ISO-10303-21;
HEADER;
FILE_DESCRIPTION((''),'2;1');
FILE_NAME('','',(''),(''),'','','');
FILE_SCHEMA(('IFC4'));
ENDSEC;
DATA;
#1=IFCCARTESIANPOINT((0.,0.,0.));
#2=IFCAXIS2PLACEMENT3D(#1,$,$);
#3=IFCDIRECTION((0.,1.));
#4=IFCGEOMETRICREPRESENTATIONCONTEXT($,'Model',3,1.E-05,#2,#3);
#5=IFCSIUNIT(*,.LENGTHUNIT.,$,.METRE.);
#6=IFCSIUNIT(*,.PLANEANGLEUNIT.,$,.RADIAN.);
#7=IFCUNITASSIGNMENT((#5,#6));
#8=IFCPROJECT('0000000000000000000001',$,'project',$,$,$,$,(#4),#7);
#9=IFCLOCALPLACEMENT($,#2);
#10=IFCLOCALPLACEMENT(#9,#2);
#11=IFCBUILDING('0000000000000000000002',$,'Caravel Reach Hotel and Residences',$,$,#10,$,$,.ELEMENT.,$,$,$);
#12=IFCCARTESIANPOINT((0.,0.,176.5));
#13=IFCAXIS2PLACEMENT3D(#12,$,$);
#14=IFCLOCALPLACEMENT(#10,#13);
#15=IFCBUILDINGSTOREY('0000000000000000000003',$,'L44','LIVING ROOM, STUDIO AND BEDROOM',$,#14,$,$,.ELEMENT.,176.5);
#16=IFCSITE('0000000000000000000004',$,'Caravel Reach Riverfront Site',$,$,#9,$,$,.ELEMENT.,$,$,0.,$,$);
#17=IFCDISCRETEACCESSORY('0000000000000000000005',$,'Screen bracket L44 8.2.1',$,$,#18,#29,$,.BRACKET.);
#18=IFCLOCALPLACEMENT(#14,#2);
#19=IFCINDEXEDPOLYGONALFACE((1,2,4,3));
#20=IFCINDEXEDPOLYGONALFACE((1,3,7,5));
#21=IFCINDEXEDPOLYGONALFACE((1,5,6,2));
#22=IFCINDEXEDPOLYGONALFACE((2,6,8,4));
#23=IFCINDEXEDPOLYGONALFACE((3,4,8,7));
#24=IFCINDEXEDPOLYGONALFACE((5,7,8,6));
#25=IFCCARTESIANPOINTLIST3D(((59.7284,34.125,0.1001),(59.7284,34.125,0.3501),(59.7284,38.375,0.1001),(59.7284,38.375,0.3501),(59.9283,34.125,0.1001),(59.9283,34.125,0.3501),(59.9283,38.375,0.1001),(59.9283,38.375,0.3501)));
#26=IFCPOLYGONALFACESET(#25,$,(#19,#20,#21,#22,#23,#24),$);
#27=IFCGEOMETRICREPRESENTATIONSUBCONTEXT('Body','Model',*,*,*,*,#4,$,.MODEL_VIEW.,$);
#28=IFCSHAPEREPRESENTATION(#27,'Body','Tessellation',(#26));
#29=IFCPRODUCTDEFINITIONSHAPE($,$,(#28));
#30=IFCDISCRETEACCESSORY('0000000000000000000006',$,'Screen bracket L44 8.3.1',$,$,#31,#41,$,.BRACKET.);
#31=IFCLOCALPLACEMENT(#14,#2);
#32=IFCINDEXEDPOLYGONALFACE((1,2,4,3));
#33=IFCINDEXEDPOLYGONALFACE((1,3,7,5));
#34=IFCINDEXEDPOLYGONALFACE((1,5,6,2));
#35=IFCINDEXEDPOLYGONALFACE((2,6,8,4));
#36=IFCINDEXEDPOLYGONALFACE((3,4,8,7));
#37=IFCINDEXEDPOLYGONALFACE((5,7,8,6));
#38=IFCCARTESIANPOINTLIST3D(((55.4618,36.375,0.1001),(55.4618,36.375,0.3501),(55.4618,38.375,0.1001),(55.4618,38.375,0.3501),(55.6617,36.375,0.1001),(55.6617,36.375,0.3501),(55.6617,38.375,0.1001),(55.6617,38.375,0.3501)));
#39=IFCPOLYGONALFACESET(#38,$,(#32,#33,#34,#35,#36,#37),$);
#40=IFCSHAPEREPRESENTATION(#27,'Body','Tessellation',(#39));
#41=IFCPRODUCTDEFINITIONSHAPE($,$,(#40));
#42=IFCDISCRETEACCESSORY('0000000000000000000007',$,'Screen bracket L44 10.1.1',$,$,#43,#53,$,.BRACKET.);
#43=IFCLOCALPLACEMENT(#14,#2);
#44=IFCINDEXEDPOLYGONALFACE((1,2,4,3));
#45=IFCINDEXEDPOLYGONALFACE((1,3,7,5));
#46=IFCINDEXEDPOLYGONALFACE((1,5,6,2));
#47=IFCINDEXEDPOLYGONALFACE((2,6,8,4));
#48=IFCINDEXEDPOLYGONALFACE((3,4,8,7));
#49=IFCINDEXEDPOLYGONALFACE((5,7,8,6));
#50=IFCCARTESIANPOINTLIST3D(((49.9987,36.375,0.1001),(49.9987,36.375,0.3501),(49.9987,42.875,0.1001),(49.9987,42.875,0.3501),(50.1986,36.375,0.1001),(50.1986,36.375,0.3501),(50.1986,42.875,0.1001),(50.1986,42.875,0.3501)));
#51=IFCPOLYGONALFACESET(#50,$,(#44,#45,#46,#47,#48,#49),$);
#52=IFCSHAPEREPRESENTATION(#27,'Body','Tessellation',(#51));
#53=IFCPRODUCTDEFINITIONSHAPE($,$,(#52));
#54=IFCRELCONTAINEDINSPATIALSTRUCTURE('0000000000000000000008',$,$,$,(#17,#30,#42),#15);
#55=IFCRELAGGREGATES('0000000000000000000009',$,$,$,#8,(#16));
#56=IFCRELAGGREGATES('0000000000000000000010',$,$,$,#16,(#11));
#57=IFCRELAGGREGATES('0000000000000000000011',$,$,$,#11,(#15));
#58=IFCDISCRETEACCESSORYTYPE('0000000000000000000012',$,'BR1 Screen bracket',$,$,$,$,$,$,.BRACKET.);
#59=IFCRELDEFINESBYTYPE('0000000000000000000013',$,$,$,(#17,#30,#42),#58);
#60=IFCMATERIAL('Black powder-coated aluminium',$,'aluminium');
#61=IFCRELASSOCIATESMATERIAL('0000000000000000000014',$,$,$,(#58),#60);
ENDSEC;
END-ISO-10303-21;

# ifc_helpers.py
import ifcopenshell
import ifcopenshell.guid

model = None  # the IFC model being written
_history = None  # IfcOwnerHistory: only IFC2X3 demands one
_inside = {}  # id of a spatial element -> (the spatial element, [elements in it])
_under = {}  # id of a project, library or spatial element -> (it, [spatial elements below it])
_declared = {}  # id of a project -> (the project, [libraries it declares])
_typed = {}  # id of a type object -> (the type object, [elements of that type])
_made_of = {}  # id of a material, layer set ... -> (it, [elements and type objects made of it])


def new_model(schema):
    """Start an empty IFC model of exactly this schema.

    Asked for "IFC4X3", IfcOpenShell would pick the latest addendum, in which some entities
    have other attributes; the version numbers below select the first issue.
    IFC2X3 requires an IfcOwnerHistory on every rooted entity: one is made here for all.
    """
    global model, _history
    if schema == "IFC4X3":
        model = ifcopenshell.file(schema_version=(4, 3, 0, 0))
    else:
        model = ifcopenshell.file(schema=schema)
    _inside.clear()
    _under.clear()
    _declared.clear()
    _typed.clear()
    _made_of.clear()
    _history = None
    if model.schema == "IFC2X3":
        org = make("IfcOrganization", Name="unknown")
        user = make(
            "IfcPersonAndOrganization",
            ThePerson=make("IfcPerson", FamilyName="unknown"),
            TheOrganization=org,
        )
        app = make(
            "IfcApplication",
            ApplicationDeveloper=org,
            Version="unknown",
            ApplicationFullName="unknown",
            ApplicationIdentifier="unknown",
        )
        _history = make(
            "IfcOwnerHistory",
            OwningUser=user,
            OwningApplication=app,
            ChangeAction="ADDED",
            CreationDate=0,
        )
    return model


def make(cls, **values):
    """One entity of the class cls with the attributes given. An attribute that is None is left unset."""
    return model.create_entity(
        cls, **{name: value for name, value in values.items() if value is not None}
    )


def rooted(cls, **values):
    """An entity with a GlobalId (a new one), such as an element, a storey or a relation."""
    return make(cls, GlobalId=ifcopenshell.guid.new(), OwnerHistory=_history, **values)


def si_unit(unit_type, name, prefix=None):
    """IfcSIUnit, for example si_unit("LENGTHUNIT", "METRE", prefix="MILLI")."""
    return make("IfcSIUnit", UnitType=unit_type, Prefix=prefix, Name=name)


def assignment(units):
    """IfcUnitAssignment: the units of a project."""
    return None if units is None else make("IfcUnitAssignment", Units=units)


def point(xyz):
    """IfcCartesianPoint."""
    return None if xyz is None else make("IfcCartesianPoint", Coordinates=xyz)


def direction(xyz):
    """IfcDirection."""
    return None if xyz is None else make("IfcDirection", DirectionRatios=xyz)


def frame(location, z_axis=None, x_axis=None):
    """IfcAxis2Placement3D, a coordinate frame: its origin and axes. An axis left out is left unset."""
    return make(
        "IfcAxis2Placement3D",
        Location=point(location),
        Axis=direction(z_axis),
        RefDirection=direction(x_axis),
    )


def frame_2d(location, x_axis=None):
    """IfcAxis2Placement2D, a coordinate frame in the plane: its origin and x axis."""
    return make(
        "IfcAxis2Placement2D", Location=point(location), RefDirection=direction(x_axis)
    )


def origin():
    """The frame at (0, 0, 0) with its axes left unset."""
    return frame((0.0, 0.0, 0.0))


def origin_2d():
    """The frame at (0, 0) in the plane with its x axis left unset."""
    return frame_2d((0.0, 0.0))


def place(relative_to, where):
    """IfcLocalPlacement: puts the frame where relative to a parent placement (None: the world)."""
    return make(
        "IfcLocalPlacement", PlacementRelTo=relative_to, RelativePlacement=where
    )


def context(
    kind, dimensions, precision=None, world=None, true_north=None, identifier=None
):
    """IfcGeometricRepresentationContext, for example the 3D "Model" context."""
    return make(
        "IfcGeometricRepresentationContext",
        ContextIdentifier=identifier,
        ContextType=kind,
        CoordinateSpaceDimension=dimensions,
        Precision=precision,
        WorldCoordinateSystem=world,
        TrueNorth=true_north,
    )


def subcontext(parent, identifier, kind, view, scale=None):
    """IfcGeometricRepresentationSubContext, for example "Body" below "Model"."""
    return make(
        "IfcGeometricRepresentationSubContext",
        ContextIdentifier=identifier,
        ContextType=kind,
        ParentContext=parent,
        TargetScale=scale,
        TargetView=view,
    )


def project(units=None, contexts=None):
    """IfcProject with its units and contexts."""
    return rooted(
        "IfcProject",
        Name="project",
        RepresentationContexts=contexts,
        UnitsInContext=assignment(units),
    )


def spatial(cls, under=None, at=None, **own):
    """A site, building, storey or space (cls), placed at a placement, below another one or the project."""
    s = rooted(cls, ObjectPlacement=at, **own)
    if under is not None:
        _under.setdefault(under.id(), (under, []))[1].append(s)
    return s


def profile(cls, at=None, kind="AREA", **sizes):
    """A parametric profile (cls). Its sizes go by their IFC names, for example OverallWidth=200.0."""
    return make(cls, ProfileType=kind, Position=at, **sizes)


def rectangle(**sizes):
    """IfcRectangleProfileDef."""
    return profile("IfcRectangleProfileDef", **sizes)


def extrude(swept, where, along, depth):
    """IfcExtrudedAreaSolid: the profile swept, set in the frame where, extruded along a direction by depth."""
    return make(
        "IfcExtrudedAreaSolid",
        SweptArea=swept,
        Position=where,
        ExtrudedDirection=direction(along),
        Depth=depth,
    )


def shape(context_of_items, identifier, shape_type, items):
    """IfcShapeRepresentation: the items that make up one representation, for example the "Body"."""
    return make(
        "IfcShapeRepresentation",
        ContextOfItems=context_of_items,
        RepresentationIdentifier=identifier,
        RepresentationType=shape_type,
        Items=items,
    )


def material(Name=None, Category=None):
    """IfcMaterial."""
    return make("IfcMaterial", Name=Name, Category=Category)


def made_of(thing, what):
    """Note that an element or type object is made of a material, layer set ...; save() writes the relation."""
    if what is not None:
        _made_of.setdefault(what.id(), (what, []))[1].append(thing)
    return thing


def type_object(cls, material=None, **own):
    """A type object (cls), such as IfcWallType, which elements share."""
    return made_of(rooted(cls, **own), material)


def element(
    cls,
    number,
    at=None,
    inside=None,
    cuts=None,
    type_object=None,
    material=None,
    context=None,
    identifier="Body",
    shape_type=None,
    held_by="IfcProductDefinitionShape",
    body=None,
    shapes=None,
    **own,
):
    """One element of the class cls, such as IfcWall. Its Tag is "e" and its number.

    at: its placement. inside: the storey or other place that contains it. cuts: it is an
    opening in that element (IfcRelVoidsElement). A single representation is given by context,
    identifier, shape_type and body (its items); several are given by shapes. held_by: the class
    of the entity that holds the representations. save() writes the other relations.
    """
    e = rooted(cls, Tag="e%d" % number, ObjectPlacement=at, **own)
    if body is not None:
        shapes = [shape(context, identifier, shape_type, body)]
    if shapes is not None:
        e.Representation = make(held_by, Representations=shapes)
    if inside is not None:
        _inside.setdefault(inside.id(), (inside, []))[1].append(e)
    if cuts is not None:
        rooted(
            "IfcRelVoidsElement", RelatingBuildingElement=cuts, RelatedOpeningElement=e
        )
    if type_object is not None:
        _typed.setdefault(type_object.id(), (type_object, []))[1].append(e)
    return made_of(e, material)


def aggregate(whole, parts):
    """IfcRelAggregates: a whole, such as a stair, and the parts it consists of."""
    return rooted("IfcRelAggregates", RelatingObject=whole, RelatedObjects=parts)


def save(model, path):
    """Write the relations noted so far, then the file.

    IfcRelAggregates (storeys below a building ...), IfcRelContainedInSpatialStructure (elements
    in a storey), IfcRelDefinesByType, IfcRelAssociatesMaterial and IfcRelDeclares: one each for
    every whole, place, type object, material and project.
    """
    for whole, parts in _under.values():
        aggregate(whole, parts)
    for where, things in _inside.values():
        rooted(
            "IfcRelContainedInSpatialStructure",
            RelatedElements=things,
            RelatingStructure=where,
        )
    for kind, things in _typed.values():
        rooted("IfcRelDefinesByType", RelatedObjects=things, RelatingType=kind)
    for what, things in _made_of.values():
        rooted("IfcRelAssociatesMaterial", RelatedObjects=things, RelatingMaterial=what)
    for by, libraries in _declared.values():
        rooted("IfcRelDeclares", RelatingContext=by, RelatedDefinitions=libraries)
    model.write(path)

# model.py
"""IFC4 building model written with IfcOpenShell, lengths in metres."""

from ifc_helpers import new_model, si_unit, direction, frame, origin, origin_2d, place, context, subcontext, project, spatial, rectangle, extrude, material, type_object, element, save


model = new_model("IFC4")

# Units and contexts
model_context = context("Model", 3, precision=1e-05, world=origin(), true_north=direction((0.0, 1.0)))
body_context = subcontext(model_context, "Body", "Model", "MODEL_VIEW")
ifc_project = project(units=[si_unit("LENGTHUNIT", "METRE"), si_unit("PLANEANGLEUNIT", "RADIAN")], contexts=[model_context])

# Site, building, storey
site_placement = place(None, origin())
site = spatial("IfcSite", under=ifc_project, at=site_placement, Name="Caravel Reach Riverfront Site", CompositionType="ELEMENT", RefElevation=0.0)
building_placement = place(site_placement, origin())
building = spatial("IfcBuilding", under=site, at=building_placement, Name="Caravel Reach Hotel and Residences", CompositionType="ELEMENT")
storey_placement = place(building_placement, frame((0.0, 0.0, 176.5)))
storey = spatial("IfcBuildingStorey", under=building, at=storey_placement, Name="L44", Description="LIVING ROOM, STUDIO AND BEDROOM", CompositionType="ELEMENT", Elevation=176.5)

# Discrete accessories
ifc_material_1 = material(Name="Black powder-coated aluminium", Category="aluminium")
discrete_accessory_type = type_object("IfcDiscreteAccessoryType", Name="BR1 Screen bracket", PredefinedType="BRACKET", material=ifc_material_1)
discrete_accessory_1_placement = place(storey_placement, frame((59.8284, 36.25, 0.1001), z_axis=(0.0, 0.0, 1.0), x_axis=(0.0, 1.0, 0.0)))
element("IfcDiscreteAccessory", 1, at=discrete_accessory_1_placement, inside=storey, type_object=discrete_accessory_type, Name="Screen bracket L44 8.2.1", PredefinedType="BRACKET", context=body_context, shape_type="SweptSolid", body=[
    extrude(rectangle(XDim=4.25, YDim=0.2, at=origin_2d()), origin(), (0.0, 0.0, 1.0), 0.25),
])
discrete_accessory_2_placement = place(storey_placement, frame((55.5618, 37.375, 0.1001), z_axis=(0.0, 0.0, 1.0), x_axis=(0.0, 1.0, 0.0)))
element("IfcDiscreteAccessory", 2, at=discrete_accessory_2_placement, inside=storey, type_object=discrete_accessory_type, Name="Screen bracket L44 8.3.1", PredefinedType="BRACKET", context=body_context, shape_type="SweptSolid", body=[
    extrude(rectangle(XDim=2.0, YDim=0.2, at=origin_2d()), origin(), (0.0, 0.0, 1.0), 0.25),
])
discrete_accessory_3_placement = place(storey_placement, frame((50.0986, 39.625, 0.1001), z_axis=(0.0, 0.0, 1.0), x_axis=(0.0, 1.0, 0.0)))
element("IfcDiscreteAccessory", 3, at=discrete_accessory_3_placement, inside=storey, type_object=discrete_accessory_type, Name="Screen bracket L44 10.1.1", PredefinedType="BRACKET", context=body_context, shape_type="SweptSolid", body=[
    extrude(rectangle(XDim=6.5, YDim=0.2, at=origin_2d()), origin(), (0.0, 0.0, 1.0), 0.25),
])

save(model, "model.ifc")
